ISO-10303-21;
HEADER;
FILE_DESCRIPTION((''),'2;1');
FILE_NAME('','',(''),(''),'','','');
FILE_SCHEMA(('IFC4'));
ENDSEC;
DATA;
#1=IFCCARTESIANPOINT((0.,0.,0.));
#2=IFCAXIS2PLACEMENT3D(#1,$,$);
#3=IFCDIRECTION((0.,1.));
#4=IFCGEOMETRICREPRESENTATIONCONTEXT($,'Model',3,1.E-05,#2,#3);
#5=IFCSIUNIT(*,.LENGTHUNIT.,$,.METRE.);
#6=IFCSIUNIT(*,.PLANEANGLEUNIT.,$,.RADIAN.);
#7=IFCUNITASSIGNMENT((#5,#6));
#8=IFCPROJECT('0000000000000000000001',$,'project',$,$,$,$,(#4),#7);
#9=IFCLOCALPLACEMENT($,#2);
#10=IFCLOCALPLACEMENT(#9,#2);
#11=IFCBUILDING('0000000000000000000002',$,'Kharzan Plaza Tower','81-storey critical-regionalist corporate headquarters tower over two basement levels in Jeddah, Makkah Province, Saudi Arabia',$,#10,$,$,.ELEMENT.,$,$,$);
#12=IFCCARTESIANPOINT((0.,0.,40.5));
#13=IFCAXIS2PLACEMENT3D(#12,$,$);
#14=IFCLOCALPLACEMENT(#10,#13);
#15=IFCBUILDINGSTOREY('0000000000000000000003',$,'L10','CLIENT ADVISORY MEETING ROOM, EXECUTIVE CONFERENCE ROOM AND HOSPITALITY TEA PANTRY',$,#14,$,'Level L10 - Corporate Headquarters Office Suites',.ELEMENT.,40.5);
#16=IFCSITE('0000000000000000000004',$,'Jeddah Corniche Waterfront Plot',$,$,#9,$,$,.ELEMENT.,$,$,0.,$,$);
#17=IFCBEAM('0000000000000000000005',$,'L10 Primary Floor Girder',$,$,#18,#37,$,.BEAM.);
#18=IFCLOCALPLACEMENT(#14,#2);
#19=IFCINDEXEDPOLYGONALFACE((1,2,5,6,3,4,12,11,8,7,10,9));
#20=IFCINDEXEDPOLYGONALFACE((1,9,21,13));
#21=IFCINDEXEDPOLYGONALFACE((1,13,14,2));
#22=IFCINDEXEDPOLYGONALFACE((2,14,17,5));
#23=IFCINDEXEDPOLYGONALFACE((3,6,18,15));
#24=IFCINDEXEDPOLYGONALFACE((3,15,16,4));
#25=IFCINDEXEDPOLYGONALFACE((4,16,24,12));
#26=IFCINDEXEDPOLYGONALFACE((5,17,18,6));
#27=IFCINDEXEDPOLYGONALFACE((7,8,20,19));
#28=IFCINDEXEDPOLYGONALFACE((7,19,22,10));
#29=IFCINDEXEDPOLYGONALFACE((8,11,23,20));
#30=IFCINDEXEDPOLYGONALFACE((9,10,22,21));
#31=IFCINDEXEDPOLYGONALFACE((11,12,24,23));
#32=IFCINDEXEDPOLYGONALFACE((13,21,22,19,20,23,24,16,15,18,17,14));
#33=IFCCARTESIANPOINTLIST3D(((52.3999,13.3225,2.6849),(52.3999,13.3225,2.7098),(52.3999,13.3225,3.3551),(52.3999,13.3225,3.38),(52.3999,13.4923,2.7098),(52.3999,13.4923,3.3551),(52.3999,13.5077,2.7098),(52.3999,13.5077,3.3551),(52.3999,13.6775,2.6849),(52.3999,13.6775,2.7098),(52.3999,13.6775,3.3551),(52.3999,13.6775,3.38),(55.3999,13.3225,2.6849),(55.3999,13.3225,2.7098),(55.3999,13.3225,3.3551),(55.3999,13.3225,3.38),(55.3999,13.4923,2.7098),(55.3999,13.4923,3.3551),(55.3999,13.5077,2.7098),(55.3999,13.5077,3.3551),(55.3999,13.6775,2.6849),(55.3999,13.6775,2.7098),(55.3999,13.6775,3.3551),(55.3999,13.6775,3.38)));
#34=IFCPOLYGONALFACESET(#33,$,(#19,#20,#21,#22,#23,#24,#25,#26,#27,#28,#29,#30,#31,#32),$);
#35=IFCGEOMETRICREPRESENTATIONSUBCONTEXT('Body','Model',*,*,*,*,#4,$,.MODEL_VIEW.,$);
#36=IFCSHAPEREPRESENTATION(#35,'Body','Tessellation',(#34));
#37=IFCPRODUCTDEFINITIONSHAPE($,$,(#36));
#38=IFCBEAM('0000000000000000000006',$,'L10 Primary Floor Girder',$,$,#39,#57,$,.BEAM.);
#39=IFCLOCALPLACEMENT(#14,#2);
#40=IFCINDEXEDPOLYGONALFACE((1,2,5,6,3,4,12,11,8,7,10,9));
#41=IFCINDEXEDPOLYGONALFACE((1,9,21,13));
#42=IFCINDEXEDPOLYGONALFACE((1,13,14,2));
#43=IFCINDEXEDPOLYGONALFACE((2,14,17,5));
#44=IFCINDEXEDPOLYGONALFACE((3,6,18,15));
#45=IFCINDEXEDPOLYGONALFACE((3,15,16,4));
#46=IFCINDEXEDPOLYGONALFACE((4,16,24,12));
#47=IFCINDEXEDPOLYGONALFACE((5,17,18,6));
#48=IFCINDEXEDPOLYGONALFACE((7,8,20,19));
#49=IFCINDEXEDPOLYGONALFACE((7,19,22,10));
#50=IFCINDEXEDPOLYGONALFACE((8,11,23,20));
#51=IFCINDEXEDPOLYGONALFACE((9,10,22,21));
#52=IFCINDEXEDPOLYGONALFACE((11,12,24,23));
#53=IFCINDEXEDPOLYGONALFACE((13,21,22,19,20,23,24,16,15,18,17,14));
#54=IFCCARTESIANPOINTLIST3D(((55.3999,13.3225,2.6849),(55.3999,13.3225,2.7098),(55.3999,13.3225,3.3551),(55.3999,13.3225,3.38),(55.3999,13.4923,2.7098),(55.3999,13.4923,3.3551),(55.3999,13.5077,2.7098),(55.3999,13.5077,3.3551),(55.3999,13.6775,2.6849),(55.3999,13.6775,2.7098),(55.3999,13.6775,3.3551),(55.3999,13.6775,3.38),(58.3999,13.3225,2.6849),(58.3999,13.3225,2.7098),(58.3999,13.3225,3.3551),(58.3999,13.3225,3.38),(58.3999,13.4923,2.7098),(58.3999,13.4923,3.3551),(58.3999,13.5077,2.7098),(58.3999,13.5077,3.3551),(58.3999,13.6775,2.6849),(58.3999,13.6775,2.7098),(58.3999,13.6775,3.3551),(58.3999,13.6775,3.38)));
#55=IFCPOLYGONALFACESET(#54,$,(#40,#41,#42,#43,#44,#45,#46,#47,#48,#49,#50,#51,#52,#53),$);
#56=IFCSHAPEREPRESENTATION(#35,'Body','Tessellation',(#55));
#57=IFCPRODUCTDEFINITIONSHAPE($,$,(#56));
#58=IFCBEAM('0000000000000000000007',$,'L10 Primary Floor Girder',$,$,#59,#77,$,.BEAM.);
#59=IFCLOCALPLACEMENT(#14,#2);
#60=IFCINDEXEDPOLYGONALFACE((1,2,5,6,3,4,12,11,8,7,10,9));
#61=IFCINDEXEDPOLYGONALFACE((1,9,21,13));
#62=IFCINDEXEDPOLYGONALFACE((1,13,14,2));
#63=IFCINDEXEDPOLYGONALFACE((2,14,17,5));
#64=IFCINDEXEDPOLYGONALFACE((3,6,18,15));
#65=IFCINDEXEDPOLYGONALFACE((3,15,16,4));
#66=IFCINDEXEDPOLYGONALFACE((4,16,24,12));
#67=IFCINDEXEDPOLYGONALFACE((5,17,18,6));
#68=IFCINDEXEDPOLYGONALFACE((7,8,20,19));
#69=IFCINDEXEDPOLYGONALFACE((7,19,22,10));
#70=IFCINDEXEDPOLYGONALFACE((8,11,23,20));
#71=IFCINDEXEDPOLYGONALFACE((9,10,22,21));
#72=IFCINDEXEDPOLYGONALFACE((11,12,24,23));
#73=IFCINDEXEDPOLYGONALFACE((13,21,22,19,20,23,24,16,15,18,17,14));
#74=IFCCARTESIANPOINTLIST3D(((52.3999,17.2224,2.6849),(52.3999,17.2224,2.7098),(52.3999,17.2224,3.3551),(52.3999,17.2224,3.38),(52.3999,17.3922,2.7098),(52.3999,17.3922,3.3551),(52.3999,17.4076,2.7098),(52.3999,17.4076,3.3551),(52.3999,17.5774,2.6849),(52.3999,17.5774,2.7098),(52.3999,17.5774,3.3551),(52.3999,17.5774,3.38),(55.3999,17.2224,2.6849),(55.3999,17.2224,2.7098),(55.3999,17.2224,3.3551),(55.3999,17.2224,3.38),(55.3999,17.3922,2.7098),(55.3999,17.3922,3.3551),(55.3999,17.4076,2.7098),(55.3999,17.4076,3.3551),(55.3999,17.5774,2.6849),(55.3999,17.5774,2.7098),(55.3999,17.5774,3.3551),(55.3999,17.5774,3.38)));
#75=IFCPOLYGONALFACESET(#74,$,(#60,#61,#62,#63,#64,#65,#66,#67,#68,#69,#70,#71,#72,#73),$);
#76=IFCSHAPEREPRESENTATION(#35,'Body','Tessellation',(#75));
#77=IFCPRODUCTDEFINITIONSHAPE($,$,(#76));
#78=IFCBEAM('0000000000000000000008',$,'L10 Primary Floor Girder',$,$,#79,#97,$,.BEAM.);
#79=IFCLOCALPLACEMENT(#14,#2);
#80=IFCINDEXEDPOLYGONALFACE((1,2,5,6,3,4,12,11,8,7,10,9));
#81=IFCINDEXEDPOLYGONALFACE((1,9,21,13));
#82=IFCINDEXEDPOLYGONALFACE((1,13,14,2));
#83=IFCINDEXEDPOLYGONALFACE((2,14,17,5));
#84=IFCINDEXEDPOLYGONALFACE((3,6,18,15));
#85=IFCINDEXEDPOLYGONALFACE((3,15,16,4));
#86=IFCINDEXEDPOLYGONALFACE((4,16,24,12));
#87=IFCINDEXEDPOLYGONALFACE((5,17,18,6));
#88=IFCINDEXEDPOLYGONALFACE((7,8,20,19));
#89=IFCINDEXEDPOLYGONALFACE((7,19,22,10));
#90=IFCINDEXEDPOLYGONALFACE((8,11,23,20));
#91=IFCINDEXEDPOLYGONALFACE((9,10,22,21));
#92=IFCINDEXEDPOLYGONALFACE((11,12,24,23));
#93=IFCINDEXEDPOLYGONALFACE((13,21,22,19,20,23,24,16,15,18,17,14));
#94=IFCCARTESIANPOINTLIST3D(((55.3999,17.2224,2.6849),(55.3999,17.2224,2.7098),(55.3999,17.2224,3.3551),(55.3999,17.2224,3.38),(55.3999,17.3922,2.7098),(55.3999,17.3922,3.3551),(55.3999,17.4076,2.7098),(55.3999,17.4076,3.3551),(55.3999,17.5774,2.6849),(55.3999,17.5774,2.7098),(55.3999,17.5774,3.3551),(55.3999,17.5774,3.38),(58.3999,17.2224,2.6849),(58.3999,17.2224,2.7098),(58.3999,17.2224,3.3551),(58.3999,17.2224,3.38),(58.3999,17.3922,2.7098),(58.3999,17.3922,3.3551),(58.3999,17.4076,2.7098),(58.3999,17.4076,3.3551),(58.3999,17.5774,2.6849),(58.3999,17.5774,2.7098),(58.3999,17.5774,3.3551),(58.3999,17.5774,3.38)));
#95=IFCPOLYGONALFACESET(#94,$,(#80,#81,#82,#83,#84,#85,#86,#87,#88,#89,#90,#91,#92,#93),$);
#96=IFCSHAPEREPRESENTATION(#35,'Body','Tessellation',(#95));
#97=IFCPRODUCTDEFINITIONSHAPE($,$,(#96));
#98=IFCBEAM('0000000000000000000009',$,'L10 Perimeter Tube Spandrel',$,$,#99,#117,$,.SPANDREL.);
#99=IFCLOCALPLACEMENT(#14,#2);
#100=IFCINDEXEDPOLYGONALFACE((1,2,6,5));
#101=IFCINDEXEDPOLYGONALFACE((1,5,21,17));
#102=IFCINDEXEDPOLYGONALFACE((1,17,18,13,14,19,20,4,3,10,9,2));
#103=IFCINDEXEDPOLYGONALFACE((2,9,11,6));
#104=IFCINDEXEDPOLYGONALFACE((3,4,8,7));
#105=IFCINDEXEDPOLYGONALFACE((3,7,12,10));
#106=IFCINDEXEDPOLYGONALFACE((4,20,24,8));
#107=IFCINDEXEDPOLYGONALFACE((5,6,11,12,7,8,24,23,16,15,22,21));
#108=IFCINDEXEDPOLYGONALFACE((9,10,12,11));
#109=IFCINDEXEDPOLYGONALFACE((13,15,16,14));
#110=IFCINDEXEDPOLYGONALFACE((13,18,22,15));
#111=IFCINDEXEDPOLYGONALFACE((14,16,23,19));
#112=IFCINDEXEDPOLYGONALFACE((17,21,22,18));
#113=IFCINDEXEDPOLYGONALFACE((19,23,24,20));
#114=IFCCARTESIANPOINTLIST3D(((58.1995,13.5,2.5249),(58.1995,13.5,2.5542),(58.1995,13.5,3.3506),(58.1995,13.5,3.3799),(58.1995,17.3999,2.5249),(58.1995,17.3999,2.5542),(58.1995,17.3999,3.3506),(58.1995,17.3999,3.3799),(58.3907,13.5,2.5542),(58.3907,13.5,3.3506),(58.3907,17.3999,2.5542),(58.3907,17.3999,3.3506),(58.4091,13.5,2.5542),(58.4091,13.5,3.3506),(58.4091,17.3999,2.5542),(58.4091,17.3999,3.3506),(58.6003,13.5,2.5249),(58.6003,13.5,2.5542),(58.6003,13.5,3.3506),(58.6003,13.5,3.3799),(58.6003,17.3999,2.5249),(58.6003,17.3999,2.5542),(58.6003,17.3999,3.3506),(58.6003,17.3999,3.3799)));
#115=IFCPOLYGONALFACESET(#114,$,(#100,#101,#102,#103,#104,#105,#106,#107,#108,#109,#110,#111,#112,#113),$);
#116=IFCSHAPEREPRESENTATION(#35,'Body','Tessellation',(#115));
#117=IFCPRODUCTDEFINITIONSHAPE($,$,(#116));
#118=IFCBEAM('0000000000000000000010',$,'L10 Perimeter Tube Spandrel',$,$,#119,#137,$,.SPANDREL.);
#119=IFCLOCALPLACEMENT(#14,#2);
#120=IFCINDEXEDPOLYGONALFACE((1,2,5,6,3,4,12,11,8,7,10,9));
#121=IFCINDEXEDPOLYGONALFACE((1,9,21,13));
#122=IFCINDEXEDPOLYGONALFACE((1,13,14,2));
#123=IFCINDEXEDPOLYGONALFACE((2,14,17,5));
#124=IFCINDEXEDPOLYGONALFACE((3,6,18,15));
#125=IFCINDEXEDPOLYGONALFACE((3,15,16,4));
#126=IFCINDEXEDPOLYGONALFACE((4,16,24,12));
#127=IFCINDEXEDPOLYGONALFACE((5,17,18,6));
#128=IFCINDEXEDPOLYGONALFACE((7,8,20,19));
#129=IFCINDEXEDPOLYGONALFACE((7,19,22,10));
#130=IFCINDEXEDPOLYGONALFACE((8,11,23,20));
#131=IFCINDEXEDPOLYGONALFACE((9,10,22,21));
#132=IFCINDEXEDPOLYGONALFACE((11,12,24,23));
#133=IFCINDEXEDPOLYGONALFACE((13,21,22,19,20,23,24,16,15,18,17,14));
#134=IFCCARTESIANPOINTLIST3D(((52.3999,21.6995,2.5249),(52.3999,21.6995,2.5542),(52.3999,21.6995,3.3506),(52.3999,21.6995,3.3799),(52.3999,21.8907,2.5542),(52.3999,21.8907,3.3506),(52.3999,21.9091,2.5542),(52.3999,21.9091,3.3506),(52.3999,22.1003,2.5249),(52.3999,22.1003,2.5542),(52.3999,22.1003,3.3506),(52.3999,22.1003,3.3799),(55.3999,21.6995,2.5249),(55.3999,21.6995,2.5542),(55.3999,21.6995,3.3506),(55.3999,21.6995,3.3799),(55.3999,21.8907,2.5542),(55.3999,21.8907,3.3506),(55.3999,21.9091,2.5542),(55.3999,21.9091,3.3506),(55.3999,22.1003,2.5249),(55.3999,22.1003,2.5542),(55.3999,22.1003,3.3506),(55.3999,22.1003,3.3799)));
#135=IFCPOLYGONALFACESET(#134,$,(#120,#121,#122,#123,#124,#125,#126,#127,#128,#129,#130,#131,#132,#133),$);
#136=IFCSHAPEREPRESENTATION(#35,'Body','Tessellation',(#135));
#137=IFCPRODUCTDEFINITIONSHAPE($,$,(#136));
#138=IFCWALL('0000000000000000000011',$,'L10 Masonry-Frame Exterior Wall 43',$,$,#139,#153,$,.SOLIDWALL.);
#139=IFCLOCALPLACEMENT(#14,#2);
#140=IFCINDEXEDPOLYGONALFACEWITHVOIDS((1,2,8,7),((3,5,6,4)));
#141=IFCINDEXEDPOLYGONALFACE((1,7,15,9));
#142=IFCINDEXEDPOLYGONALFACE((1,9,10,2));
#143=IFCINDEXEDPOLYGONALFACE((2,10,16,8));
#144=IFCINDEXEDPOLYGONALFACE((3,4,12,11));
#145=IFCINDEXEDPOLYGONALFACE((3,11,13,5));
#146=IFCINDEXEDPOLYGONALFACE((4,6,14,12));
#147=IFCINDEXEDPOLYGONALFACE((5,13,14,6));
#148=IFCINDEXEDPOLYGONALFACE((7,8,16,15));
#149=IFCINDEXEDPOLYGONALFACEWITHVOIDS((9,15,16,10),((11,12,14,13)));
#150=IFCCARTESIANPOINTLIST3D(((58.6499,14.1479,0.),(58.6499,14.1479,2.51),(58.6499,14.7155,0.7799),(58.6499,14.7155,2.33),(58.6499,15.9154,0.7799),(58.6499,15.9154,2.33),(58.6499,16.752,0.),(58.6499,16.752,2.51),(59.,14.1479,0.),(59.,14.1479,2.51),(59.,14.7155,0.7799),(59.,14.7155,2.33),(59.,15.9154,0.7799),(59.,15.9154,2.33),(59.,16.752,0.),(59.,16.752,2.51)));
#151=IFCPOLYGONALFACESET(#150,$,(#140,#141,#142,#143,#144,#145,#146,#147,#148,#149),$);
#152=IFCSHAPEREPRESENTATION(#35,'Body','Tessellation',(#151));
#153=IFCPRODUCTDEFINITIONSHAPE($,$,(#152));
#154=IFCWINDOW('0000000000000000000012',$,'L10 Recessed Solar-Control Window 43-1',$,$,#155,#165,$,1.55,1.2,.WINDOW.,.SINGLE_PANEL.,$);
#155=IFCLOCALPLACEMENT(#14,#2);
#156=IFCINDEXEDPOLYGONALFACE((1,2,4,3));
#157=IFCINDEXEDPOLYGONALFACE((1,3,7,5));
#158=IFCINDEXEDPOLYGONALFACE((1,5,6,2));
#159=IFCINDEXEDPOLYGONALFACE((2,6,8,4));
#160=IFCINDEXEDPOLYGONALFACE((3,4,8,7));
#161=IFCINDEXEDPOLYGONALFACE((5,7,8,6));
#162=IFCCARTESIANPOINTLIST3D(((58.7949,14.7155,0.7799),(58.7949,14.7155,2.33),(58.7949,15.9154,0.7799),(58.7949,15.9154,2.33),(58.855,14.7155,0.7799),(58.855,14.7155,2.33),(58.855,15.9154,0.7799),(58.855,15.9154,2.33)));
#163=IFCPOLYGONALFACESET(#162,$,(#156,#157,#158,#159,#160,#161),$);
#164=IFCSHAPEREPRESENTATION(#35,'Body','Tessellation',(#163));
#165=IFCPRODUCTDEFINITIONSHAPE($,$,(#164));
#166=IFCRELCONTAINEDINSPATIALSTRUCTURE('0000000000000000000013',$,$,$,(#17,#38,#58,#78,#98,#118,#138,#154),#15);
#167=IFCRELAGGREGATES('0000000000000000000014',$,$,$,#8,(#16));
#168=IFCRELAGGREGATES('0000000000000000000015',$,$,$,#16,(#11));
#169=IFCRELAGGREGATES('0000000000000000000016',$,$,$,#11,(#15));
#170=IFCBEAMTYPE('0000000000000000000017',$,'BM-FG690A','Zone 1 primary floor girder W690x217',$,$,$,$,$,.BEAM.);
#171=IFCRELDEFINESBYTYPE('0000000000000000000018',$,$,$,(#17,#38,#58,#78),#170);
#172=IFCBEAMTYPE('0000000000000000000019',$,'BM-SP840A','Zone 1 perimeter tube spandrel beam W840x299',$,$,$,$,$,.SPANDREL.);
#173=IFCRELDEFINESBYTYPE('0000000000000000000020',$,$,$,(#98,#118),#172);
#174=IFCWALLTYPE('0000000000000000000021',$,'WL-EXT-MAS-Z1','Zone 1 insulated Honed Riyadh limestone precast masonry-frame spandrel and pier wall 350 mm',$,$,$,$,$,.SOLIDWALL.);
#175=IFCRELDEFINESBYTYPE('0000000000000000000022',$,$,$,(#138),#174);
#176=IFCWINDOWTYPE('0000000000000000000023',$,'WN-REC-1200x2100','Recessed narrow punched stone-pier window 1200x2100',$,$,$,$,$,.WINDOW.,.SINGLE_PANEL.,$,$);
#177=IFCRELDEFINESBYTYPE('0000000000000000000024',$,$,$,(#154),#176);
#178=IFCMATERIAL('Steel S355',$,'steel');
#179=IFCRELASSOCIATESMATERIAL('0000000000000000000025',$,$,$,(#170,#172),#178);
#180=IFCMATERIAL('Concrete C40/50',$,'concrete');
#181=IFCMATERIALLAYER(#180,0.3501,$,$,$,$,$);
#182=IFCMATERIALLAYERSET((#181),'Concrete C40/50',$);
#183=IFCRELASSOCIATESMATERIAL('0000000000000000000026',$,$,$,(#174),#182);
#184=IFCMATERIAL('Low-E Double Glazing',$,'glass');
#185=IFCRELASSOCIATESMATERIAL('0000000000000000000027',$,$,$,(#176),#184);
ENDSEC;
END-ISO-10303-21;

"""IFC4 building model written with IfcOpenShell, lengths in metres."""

from ifc_helpers import new_model, si_unit, direction, frame, frame_2d, origin, origin_2d, place, context, subcontext, project, spatial, rectangle, i_section, extrude, source, transform, mapped, material, layer, layer_set, material_profile, profile_set, type_object, element, fill, save


model = new_model("IFC4")

# Units and contexts
model_context = context("Model", 3, precision=1e-05, world=origin(), true_north=direction((0.0, 1.0)))
body_context = subcontext(model_context, "Body", "Model", "MODEL_VIEW")
ifc_project = project(units=[si_unit("LENGTHUNIT", "METRE"), si_unit("PLANEANGLEUNIT", "RADIAN")], contexts=[model_context])

# Site, building, storey
site_placement = place(None, origin())
site = spatial("IfcSite", under=ifc_project, at=site_placement, Name="Jeddah Corniche Waterfront Plot", CompositionType="ELEMENT", RefElevation=0.0)
building_placement = place(site_placement, origin())
building = spatial("IfcBuilding", under=site, at=building_placement, Name="Kharzan Plaza Tower", Description="81-storey critical-regionalist corporate headquarters tower over two basement levels in Jeddah, Makkah Province, Saudi Arabia", CompositionType="ELEMENT")
storey_placement = place(building_placement, frame((0.0, 0.0, 40.5)))
storey = spatial("IfcBuildingStorey", under=building, at=storey_placement, Name="L10", Description="CLIENT ADVISORY MEETING ROOM, EXECUTIVE CONFERENCE ROOM AND HOSPITALITY TEA PANTRY", LongName="Level L10 - Corporate Headquarters Office Suites", CompositionType="ELEMENT", Elevation=40.5)

# Beams
ifc_material_1 = material(Name="Steel S355", Category="steel")
ifc_material_profile_1 = material_profile(ifc_material_1, i_section(OverallWidth=0.355, OverallDepth=0.6951, WebThickness=0.0154, FlangeThickness=0.0249, at=origin_2d()), Name="W690x217")
ifc_profile_set_1 = profile_set([ifc_material_profile_1], Name="Steel S355")
beam_type_1 = type_object("IfcBeamType", Name="BM-FG690A", Description="Zone 1 primary floor girder W690x217", PredefinedType="BEAM", material=ifc_profile_set_1)
shared_shape_1 = source(origin(), body_context, "Body", "SweptSolid", [
    extrude(i_section(OverallWidth=0.355, OverallDepth=0.6951, WebThickness=0.0154, FlangeThickness=0.0249, at=origin_2d()), origin(), (0.0, 0.0, 1.0), 3.0),
])
for number, where, z_axis, x_axis, name in (
    (1, (52.3999, 13.5, 3.0325), (1.0, 0.0, 0.0), (0.0, 1.0, 0.0), "L10 Primary Floor Girder"),
    (2, (55.3999, 13.5, 3.0325), (1.0, 0.0, 0.0), (0.0, 1.0, 0.0), "L10 Primary Floor Girder"),
    (3, (52.3999, 17.3999, 3.0325), (1.0, 0.0, 0.0), (0.0, 1.0, 0.0), "L10 Primary Floor Girder"),
    (4, (55.3999, 17.3999, 3.0325), (1.0, 0.0, 0.0), (0.0, 1.0, 0.0), "L10 Primary Floor Girder"),
):
    element("IfcBeam", number, at=place(storey_placement, frame(where, z_axis=z_axis, x_axis=x_axis)), inside=storey, type_object=beam_type_1, Name=name, PredefinedType="BEAM", context=body_context, shape_type="MappedRepresentation", body=[
        mapped(shared_shape_1, transform((0.0, 0.0, 0.0), x_axis=(1.0, 0.0, 0.0), y_axis=(0.0, 1.0, 0.0), z_axis=(0.0, 0.0, 1.0))),
    ])
ifc_material_profile_2 = material_profile(ifc_material_1, i_section(OverallWidth=0.4009, OverallDepth=0.855, WebThickness=0.0183, FlangeThickness=0.0293, at=origin_2d()), Name="W840x299")
ifc_profile_set_2 = profile_set([ifc_material_profile_2], Name="Steel S355")
beam_type_2 = type_object("IfcBeamType", Name="BM-SP840A", Description="Zone 1 perimeter tube spandrel beam W840x299", PredefinedType="SPANDREL", material=ifc_profile_set_2)
shared_shape_2 = source(origin(), body_context, "Body", "SweptSolid", [
    extrude(i_section(OverallWidth=0.4009, OverallDepth=0.855, WebThickness=0.0183, FlangeThickness=0.0293, at=origin_2d()), origin(), (0.0, 0.0, 1.0), 3.8999),
])
beam_1_placement = place(storey_placement, frame((58.3999, 13.5, 2.9524), z_axis=(0.0, 1.0, 0.0), x_axis=(-1.0, 0.0, 0.0)))
element("IfcBeam", 5, at=beam_1_placement, inside=storey, type_object=beam_type_2, Name="L10 Perimeter Tube Spandrel", PredefinedType="SPANDREL", context=body_context, shape_type="MappedRepresentation", body=[
    mapped(shared_shape_2, transform((0.0, 0.0, 0.0), x_axis=(1.0, 0.0, 0.0), y_axis=(0.0, 1.0, 0.0), z_axis=(0.0, 0.0, 1.0))),
])
shared_shape_3 = source(origin(), body_context, "Body", "SweptSolid", [
    extrude(i_section(OverallWidth=0.4009, OverallDepth=0.855, WebThickness=0.0183, FlangeThickness=0.0293, at=origin_2d()), origin(), (0.0, 0.0, 1.0), 3.0),
])
beam_2_placement = place(storey_placement, frame((52.3999, 21.8999, 2.9524), z_axis=(1.0, 0.0, 0.0), x_axis=(0.0, 1.0, 0.0)))
element("IfcBeam", 6, at=beam_2_placement, inside=storey, type_object=beam_type_2, Name="L10 Perimeter Tube Spandrel", PredefinedType="SPANDREL", context=body_context, shape_type="MappedRepresentation", body=[
    mapped(shared_shape_3, transform((0.0, 0.0, 0.0), x_axis=(1.0, 0.0, 0.0), y_axis=(0.0, 1.0, 0.0), z_axis=(0.0, 0.0, 1.0))),
])

# Wall, opening, window
ifc_material_2 = material(Name="Concrete C40/50", Category="concrete")
ifc_layer_1 = layer(ifc_material_2, 0.3501)
ifc_layer_set_1 = layer_set([ifc_layer_1], Name="Concrete C40/50")
wall_type_1 = type_object("IfcWallType", Name="WL-EXT-MAS-Z1", Description="Zone 1 insulated Honed Riyadh limestone precast masonry-frame spandrel and pier wall 350 mm", PredefinedType="SOLIDWALL", material=ifc_layer_set_1)
wall_1_placement = place(storey_placement, frame((58.825, 14.1479, 0.0), z_axis=(0.0, 0.0, 1.0), x_axis=(0.0, 1.0, 0.0)))
wall_1 = element("IfcWall", 7, at=wall_1_placement, inside=storey, type_object=wall_type_1, Name="L10 Masonry-Frame Exterior Wall 43", PredefinedType="SOLIDWALL", context=body_context, shape_type="SweptSolid", body=[
    extrude(rectangle(XDim=2.604, YDim=0.3501, at=frame_2d((1.302, 0.0))), origin(), (0.0, 0.0, 1.0), 2.51),
])
opening_1_placement = place(wall_1_placement, frame((0.5674, 0.0, 0.78)))
opening_1 = element("IfcOpeningElement", 8, at=opening_1_placement, cuts=wall_1, PredefinedType="OPENING", context=body_context, shape_type="SweptSolid", body=[
    extrude(rectangle(XDim=1.2, YDim=1.55, at=frame_2d((0.6001, 0.7749))), frame((0.0, 0.1851, 0.0), z_axis=(0.0, -1.0, 0.0), x_axis=(1.0, 0.0, 0.0)), (0.0, 0.0, 1.0), 0.3701),
])
ifc_material_3 = material(Name="Low-E Double Glazing", Category="glass")
window_type_1 = type_object("IfcWindowType", Name="WN-REC-1200x2100", Description="Recessed narrow punched stone-pier window 1200x2100", PartitioningType="SINGLE_PANEL", PredefinedType="WINDOW", material=ifc_material_3)
shared_shape_4 = source(origin(), body_context, "Body", "SweptSolid", [
    extrude(rectangle(XDim=1.2, YDim=1.55, at=frame_2d((0.6001, 0.7749))), frame((0.0, 0.03, 0.0), z_axis=(0.0, -1.0, 0.0), x_axis=(1.0, 0.0, 0.0)), (0.0, 0.0, 1.0), 0.0601),
])
window_1_placement = place(opening_1_placement, origin())
window_1 = element("IfcWindow", 9, at=window_1_placement, inside=storey, type_object=window_type_1, Name="L10 Recessed Solar-Control Window 43-1", OverallHeight=1.55, OverallWidth=1.2, PartitioningType="SINGLE_PANEL", PredefinedType="WINDOW", context=body_context, shape_type="MappedRepresentation", body=[
    mapped(shared_shape_4, transform((0.0, 0.0, 0.0), x_axis=(1.0, 0.0, 0.0), y_axis=(0.0, 1.0, 0.0), z_axis=(0.0, 0.0, 1.0))),
])
fill(opening_1, window_1)

save(model, "model.ifc")
